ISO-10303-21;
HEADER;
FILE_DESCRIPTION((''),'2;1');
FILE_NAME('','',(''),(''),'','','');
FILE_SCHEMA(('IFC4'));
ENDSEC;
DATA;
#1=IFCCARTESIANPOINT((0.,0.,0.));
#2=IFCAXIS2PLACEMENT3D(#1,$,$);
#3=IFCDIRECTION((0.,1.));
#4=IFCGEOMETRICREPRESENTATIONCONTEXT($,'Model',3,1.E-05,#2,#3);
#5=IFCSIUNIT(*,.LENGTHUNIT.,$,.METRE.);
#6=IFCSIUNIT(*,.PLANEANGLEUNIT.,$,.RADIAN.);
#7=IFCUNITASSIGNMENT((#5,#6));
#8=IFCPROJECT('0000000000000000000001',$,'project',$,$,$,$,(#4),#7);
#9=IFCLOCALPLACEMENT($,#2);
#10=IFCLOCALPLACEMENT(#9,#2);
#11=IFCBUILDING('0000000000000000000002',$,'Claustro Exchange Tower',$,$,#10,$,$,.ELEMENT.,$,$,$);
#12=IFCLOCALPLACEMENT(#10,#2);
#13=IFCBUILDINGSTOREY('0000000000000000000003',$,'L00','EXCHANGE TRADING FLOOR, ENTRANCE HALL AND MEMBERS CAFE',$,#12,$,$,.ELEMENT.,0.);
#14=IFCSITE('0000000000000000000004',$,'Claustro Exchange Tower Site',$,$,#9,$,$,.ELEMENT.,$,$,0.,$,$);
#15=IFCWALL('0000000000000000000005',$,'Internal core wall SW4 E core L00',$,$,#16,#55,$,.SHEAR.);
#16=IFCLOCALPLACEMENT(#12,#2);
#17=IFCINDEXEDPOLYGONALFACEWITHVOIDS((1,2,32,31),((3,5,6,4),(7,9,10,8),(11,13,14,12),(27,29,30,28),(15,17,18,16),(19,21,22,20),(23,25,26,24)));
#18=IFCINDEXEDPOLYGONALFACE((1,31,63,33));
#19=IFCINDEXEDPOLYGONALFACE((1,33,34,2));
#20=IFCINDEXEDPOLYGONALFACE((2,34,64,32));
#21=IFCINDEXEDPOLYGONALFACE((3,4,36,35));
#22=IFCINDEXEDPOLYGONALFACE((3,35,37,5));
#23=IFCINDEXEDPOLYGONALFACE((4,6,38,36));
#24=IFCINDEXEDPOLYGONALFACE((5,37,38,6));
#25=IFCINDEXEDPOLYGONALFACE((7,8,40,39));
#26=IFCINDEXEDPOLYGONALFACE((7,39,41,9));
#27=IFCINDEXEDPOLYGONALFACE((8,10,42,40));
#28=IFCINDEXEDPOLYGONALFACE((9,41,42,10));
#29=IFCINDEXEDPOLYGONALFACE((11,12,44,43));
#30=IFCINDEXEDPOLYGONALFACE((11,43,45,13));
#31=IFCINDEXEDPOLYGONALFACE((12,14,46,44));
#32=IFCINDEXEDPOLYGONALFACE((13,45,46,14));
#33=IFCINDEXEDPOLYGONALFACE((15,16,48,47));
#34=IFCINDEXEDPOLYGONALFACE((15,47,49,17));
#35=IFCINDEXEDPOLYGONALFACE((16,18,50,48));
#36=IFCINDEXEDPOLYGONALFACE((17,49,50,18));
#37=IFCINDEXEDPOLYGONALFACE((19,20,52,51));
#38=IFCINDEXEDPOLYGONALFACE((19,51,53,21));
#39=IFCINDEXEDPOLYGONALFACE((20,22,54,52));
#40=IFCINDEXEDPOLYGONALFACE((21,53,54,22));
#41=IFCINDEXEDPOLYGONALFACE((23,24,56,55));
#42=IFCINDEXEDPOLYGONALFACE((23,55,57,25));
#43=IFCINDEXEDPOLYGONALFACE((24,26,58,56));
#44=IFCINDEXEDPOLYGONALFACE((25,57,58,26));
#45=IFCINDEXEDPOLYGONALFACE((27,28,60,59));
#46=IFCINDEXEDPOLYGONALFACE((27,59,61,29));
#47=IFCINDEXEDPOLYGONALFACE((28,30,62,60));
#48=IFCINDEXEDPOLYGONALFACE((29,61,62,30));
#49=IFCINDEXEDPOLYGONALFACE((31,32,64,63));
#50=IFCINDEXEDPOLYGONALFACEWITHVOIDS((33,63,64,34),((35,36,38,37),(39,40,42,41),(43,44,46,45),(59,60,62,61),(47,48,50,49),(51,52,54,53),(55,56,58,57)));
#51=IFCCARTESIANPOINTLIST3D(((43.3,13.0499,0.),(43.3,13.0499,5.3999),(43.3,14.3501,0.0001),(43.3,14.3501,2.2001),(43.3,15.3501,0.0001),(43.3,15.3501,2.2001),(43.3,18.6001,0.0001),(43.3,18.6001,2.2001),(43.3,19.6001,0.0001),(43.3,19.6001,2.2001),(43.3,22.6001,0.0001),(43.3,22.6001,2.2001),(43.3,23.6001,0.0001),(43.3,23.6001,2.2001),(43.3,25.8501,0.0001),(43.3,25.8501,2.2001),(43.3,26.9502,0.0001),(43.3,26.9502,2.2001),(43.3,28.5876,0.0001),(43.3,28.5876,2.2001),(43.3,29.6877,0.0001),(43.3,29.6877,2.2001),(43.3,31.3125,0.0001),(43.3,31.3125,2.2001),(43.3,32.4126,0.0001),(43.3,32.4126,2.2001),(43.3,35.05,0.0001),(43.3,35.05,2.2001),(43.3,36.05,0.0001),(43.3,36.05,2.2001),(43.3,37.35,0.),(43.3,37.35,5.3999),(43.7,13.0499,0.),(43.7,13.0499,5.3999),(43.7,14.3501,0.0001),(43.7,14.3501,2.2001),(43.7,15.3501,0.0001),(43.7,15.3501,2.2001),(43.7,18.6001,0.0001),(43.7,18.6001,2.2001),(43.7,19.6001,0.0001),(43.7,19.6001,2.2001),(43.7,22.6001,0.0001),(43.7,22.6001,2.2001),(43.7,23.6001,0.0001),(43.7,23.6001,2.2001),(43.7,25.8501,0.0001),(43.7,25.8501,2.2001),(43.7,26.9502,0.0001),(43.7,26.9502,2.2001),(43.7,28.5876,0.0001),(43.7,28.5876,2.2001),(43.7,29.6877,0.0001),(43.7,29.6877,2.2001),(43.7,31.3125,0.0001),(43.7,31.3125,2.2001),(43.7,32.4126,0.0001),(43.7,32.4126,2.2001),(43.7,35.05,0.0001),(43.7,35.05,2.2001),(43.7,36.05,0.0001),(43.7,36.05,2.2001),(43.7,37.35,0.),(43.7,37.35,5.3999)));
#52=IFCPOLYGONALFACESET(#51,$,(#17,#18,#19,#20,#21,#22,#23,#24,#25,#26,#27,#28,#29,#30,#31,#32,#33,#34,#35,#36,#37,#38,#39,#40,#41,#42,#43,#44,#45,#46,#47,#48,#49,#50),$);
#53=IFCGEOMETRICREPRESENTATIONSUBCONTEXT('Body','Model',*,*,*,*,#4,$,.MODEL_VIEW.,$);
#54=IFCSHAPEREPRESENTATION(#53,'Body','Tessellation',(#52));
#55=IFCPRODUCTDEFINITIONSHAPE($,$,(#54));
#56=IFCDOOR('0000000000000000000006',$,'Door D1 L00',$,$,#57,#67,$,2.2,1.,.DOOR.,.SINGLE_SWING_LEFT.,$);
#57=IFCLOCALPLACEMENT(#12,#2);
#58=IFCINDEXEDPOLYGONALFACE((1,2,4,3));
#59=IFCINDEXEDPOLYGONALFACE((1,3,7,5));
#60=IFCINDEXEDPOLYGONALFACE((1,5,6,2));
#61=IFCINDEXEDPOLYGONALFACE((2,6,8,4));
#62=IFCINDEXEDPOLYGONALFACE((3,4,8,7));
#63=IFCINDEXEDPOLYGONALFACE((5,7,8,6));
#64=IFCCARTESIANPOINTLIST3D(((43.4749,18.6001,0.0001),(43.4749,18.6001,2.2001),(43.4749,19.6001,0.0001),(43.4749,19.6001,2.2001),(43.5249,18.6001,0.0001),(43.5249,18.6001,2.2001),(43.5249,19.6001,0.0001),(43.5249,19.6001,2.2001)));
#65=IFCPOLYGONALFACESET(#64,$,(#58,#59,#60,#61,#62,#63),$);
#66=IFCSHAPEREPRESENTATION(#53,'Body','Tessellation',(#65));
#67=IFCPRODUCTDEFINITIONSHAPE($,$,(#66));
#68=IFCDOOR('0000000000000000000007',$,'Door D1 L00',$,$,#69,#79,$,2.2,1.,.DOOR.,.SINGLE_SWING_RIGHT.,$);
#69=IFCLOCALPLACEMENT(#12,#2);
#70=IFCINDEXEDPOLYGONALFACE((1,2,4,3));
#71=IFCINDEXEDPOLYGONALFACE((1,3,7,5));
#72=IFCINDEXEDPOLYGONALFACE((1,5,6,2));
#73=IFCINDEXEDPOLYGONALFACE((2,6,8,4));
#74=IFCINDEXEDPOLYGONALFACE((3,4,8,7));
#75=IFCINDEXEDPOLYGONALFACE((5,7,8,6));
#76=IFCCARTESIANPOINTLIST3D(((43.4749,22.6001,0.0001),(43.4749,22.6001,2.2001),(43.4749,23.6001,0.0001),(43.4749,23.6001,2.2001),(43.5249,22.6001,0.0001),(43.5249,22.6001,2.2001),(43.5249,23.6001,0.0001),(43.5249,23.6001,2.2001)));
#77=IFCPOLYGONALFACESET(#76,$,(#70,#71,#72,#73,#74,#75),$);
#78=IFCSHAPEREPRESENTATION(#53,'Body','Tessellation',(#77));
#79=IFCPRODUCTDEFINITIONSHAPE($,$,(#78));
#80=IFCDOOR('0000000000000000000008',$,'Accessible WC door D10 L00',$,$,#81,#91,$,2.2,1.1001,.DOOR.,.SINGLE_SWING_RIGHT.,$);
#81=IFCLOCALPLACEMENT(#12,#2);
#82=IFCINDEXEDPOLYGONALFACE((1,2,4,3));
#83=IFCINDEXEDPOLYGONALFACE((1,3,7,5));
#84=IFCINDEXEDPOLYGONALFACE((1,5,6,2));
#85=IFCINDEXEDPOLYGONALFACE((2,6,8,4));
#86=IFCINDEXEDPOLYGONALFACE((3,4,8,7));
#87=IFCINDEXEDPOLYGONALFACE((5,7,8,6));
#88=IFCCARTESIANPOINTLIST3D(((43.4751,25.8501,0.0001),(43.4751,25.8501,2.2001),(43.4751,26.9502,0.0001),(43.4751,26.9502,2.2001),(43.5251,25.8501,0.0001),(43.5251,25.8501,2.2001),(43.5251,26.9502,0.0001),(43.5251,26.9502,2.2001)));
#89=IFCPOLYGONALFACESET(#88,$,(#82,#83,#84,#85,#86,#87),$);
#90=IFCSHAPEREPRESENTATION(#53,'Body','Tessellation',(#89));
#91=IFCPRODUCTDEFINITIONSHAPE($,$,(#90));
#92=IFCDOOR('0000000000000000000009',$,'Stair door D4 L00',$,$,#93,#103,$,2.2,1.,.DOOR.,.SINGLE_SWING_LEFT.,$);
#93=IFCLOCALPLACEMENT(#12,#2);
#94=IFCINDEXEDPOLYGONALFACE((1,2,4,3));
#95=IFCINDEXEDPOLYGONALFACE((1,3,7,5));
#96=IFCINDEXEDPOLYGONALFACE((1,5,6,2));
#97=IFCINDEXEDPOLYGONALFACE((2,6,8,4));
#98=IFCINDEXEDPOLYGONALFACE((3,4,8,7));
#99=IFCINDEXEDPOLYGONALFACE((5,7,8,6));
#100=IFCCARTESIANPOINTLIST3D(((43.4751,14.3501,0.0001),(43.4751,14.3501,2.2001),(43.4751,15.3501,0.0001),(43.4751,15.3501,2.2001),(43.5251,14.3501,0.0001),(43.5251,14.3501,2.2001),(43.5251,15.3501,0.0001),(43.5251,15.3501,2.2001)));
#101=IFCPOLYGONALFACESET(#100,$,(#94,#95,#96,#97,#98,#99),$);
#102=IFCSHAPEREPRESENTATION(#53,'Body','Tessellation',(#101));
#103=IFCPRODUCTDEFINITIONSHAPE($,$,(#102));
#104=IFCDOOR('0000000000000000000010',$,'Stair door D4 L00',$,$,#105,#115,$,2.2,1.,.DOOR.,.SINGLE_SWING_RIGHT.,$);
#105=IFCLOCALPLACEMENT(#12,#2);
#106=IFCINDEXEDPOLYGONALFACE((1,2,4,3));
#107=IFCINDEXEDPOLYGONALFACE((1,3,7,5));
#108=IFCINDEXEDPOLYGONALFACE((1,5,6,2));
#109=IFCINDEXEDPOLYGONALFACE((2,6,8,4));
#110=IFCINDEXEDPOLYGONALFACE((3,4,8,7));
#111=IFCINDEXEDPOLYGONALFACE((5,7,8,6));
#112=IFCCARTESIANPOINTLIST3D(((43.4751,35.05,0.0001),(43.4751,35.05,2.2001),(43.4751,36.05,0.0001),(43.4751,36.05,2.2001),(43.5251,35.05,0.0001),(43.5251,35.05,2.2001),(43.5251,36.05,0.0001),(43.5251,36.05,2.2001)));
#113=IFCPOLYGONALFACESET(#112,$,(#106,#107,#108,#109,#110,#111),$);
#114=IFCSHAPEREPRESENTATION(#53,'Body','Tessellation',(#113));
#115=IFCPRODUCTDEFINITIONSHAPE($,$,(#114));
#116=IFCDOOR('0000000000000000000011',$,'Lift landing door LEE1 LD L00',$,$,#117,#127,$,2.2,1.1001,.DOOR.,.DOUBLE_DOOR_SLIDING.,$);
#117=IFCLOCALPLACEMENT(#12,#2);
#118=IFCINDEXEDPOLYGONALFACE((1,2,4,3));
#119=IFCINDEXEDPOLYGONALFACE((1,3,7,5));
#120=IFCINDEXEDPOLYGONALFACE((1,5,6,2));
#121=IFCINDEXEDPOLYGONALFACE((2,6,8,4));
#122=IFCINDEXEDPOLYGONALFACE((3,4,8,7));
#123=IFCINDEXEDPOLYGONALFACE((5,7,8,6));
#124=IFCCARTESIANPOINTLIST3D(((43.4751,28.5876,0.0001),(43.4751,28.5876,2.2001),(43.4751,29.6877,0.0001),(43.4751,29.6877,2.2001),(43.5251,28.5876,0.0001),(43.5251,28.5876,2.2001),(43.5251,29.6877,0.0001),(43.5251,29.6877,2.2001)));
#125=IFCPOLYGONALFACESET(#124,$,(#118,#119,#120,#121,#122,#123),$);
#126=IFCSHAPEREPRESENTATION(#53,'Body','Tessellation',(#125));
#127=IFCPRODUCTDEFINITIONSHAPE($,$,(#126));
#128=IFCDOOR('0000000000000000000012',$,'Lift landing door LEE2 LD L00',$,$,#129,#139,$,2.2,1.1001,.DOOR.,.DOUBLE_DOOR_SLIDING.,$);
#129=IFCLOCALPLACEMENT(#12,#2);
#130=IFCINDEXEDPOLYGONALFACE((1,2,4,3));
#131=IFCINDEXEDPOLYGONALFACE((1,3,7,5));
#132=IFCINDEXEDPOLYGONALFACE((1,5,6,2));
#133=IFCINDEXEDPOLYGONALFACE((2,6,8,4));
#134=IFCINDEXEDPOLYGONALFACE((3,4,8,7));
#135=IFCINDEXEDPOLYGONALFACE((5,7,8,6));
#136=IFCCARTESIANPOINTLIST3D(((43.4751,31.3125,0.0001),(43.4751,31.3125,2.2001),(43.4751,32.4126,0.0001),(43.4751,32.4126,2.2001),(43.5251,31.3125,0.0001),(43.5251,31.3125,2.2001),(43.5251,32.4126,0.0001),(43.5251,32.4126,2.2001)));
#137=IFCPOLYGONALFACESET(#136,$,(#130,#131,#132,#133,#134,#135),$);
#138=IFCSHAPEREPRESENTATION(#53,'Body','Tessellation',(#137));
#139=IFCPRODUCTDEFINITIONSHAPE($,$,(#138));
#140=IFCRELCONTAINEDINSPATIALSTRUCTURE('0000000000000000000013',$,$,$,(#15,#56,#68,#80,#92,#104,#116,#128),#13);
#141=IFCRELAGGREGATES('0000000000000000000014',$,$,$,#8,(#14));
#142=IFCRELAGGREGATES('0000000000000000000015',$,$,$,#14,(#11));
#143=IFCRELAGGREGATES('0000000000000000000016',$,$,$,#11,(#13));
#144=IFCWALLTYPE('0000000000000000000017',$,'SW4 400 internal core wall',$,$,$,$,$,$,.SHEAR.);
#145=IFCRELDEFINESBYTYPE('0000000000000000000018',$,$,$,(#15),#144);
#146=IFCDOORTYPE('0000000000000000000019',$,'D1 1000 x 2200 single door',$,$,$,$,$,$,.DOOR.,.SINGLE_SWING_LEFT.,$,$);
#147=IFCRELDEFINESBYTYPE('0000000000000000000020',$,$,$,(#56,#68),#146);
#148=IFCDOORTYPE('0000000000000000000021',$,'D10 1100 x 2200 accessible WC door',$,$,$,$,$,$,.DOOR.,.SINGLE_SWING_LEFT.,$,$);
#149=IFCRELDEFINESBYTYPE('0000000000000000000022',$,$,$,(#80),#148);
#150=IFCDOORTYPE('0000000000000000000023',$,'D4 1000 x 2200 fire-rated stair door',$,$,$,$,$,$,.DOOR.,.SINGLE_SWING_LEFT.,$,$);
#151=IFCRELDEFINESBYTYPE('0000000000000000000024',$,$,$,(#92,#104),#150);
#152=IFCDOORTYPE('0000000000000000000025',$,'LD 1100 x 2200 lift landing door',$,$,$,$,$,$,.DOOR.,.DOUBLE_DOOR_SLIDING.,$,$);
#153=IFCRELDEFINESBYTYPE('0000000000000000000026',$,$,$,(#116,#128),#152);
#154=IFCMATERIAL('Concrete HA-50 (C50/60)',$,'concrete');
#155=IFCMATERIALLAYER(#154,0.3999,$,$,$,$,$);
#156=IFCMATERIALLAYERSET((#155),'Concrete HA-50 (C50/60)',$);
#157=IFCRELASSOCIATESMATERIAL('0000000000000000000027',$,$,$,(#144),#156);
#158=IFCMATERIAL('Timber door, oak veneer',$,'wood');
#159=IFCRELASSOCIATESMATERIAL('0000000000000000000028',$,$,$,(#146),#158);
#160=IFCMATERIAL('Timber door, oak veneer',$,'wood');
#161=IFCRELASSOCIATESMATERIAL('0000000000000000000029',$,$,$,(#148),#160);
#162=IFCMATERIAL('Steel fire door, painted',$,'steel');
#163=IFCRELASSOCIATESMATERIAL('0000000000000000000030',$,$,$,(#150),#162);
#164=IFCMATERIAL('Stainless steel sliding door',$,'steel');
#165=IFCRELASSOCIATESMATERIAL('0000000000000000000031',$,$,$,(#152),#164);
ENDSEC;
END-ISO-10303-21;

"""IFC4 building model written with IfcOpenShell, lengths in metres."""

from ifc_helpers import new_model, si_unit, direction, frame, frame_2d, origin, place, context, subcontext, project, spatial, rectangle, extrude, material, layer, layer_set, type_object, element, fill, save


model = new_model("IFC4")

# Units and contexts
model_context = context("Model", 3, precision=1e-05, world=origin(), true_north=direction((0.0, 1.0)))
body_context = subcontext(model_context, "Body", "Model", "MODEL_VIEW")
ifc_project = project(units=[si_unit("LENGTHUNIT", "METRE"), si_unit("PLANEANGLEUNIT", "RADIAN")], contexts=[model_context])

# Site, building, storey
site_placement = place(None, origin())
site = spatial("IfcSite", under=ifc_project, at=site_placement, Name="Claustro Exchange Tower Site", CompositionType="ELEMENT", RefElevation=0.0)
building_placement = place(site_placement, origin())
building = spatial("IfcBuilding", under=site, at=building_placement, Name="Claustro Exchange Tower", CompositionType="ELEMENT")
storey_placement = place(building_placement, origin())
storey = spatial("IfcBuildingStorey", under=building, at=storey_placement, Name="L00", Description="EXCHANGE TRADING FLOOR, ENTRANCE HALL AND MEMBERS CAFE", CompositionType="ELEMENT", Elevation=0.0)

# Wall, openings, doors
ifc_material_1 = material(Name="Concrete HA-50 (C50/60)", Category="concrete")
ifc_layer_1 = layer(ifc_material_1, 0.3999)
ifc_layer_set_1 = layer_set([ifc_layer_1], Name="Concrete HA-50 (C50/60)")
wall_type_1 = type_object("IfcWallType", Name="SW4 400 internal core wall", PredefinedType="SHEAR", material=ifc_layer_set_1)
wall_1_placement = place(storey_placement, frame((43.5, 13.05, 0.0), z_axis=(0.0, 0.0, 1.0), x_axis=(0.0, 1.0, 0.0)))
wall_1 = element("IfcWall", 1, at=wall_1_placement, inside=storey, type_object=wall_type_1, Name="Internal core wall SW4 E core L00", PredefinedType="SHEAR", context=body_context, shape_type="SweptSolid", body=[
    extrude(rectangle(XDim=24.3, YDim=0.3999, at=frame_2d((12.1499, 0.0))), origin(), (0.0, 0.0, 1.0), 5.3999),
])
opening_1_placement = place(wall_1_placement, frame((1.3, 0.0, 0.0)))
opening_1 = element("IfcOpeningElement", 2, at=opening_1_placement, cuts=wall_1, PredefinedType="OPENING", context=body_context, shape_type="SweptSolid", body=[
    extrude(rectangle(XDim=1.0, YDim=2.2, at=frame_2d((0.5, 1.1001))), frame((0.0, 0.21, 0.0), z_axis=(0.0, -1.0, 0.0), x_axis=(1.0, 0.0, 0.0)), (0.0, 0.0, 1.0), 0.4199),
])
opening_2_placement = place(wall_1_placement, frame((22.0, 0.0, 0.0)))
opening_2 = element("IfcOpeningElement", 3, at=opening_2_placement, cuts=wall_1, PredefinedType="OPENING", context=body_context, shape_type="SweptSolid", body=[
    extrude(rectangle(XDim=1.0, YDim=2.2, at=frame_2d((0.5, 1.1001))), frame((0.0, 0.21, 0.0), z_axis=(0.0, -1.0, 0.0), x_axis=(1.0, 0.0, 0.0)), (0.0, 0.0, 1.0), 0.4199),
])
opening_3_placement = place(wall_1_placement, frame((5.55, 0.0, 0.0)))
opening_3 = element("IfcOpeningElement", 4, at=opening_3_placement, cuts=wall_1, PredefinedType="OPENING", context=body_context, shape_type="SweptSolid", body=[
    extrude(rectangle(XDim=1.0, YDim=2.2, at=frame_2d((0.5, 1.1001))), frame((0.0, 0.21, 0.0), z_axis=(0.0, -1.0, 0.0), x_axis=(1.0, 0.0, 0.0)), (0.0, 0.0, 1.0), 0.4199),
])
opening_4_placement = place(wall_1_placement, frame((9.55, 0.0, 0.0)))
opening_4 = element("IfcOpeningElement", 5, at=opening_4_placement, cuts=wall_1, PredefinedType="OPENING", context=body_context, shape_type="SweptSolid", body=[
    extrude(rectangle(XDim=1.0, YDim=2.2, at=frame_2d((0.5, 1.1001))), frame((0.0, 0.21, 0.0), z_axis=(0.0, -1.0, 0.0), x_axis=(1.0, 0.0, 0.0)), (0.0, 0.0, 1.0), 0.4199),
])
opening_5_placement = place(wall_1_placement, frame((12.8, 0.0, 0.0)))
opening_5 = element("IfcOpeningElement", 6, at=opening_5_placement, cuts=wall_1, PredefinedType="OPENING", context=body_context, shape_type="SweptSolid", body=[
    extrude(rectangle(XDim=1.1001, YDim=2.2, at=frame_2d((0.55, 1.1001))), frame((0.0, 0.21, 0.0), z_axis=(0.0, -1.0, 0.0), x_axis=(1.0, 0.0, 0.0)), (0.0, 0.0, 1.0), 0.4199),
])
opening_6_placement = place(wall_1_placement, frame((15.5376, 0.0, 0.0)))
opening_6 = element("IfcOpeningElement", 7, at=opening_6_placement, cuts=wall_1, PredefinedType="OPENING", context=body_context, shape_type="SweptSolid", body=[
    extrude(rectangle(XDim=1.1001, YDim=2.2, at=frame_2d((0.55, 1.1001))), frame((0.0, 0.21, 0.0), z_axis=(0.0, -1.0, 0.0), x_axis=(1.0, 0.0, 0.0)), (0.0, 0.0, 1.0), 0.4199),
])
opening_7_placement = place(wall_1_placement, frame((18.2625, 0.0, 0.0)))
opening_7 = element("IfcOpeningElement", 8, at=opening_7_placement, cuts=wall_1, PredefinedType="OPENING", context=body_context, shape_type="SweptSolid", body=[
    extrude(rectangle(XDim=1.1001, YDim=2.2, at=frame_2d((0.55, 1.1001))), frame((0.0, 0.21, 0.0), z_axis=(0.0, -1.0, 0.0), x_axis=(1.0, 0.0, 0.0)), (0.0, 0.0, 1.0), 0.4199),
])
ifc_material_2 = material(Name="Timber door, oak veneer", Category="wood")
door_type_1 = type_object("IfcDoorType", Name="D1 1000 x 2200 single door", OperationType="SINGLE_SWING_LEFT", PredefinedType="DOOR", material=ifc_material_2)
door_1_placement = place(opening_3_placement, frame((1.0, 0.0, 0.0), z_axis=(0.0, 0.0, 1.0), x_axis=(-1.0, 0.0, 0.0)))
door_1 = element("IfcDoor", 9, at=door_1_placement, inside=storey, type_object=door_type_1, Name="Door D1 L00", OperationType="SINGLE_SWING_LEFT", OverallHeight=2.2, OverallWidth=1.0, PredefinedType="DOOR", context=body_context, shape_type="SweptSolid", body=[
    extrude(rectangle(XDim=1.0, YDim=2.2, at=frame_2d((0.5, 1.1001))), frame((0.0, 0.0249, 0.0), z_axis=(0.0, -1.0, 0.0), x_axis=(1.0, 0.0, 0.0)), (0.0, 0.0, 1.0), 0.05),
])
fill(opening_3, door_1)
door_2_placement = place(opening_4_placement, frame((1.0, 0.0, 0.0), z_axis=(0.0, 0.0, 1.0), x_axis=(-1.0, 0.0, 0.0)))
door_2 = element("IfcDoor", 10, at=door_2_placement, inside=storey, type_object=door_type_1, Name="Door D1 L00", OperationType="SINGLE_SWING_RIGHT", OverallHeight=2.2, OverallWidth=1.0, PredefinedType="DOOR", context=body_context, shape_type="SweptSolid", body=[
    extrude(rectangle(XDim=1.0, YDim=2.2, at=frame_2d((0.5, 1.1001))), frame((0.0, 0.0249, 0.0), z_axis=(0.0, -1.0, 0.0), x_axis=(1.0, 0.0, 0.0)), (0.0, 0.0, 1.0), 0.05),
])
fill(opening_4, door_2)
ifc_material_3 = material(Name="Timber door, oak veneer", Category="wood")
door_type_2 = type_object("IfcDoorType", Name="D10 1100 x 2200 accessible WC door", OperationType="SINGLE_SWING_LEFT", PredefinedType="DOOR", material=ifc_material_3)
door_3_placement = place(opening_5_placement, origin())
door_3 = element("IfcDoor", 11, at=door_3_placement, inside=storey, type_object=door_type_2, Name="Accessible WC door D10 L00", OperationType="SINGLE_SWING_RIGHT", OverallHeight=2.2, OverallWidth=1.1001, PredefinedType="DOOR", context=body_context, shape_type="SweptSolid", body=[
    extrude(rectangle(XDim=1.1001, YDim=2.2, at=frame_2d((0.55, 1.1001))), frame((0.0, 0.0249, 0.0), z_axis=(0.0, -1.0, 0.0), x_axis=(1.0, 0.0, 0.0)), (0.0, 0.0, 1.0), 0.05),
])
fill(opening_5, door_3)
ifc_material_4 = material(Name="Steel fire door, painted", Category="steel")
door_type_3 = type_object("IfcDoorType", Name="D4 1000 x 2200 fire-rated stair door", OperationType="SINGLE_SWING_LEFT", PredefinedType="DOOR", material=ifc_material_4)
door_4_placement = place(opening_1_placement, origin())
door_4 = element("IfcDoor", 12, at=door_4_placement, inside=storey, type_object=door_type_3, Name="Stair door D4 L00", OperationType="SINGLE_SWING_LEFT", OverallHeight=2.2, OverallWidth=1.0, PredefinedType="DOOR", context=body_context, shape_type="SweptSolid", body=[
    extrude(rectangle(XDim=1.0, YDim=2.2, at=frame_2d((0.5, 1.1001))), frame((0.0, 0.0249, 0.0), z_axis=(0.0, -1.0, 0.0), x_axis=(1.0, 0.0, 0.0)), (0.0, 0.0, 1.0), 0.05),
])
fill(opening_1, door_4)
door_5_placement = place(opening_2_placement, origin())
door_5 = element("IfcDoor", 13, at=door_5_placement, inside=storey, type_object=door_type_3, Name="Stair door D4 L00", OperationType="SINGLE_SWING_RIGHT", OverallHeight=2.2, OverallWidth=1.0, PredefinedType="DOOR", context=body_context, shape_type="SweptSolid", body=[
    extrude(rectangle(XDim=1.0, YDim=2.2, at=frame_2d((0.5, 1.1001))), frame((0.0, 0.0249, 0.0), z_axis=(0.0, -1.0, 0.0), x_axis=(1.0, 0.0, 0.0)), (0.0, 0.0, 1.0), 0.05),
])
fill(opening_2, door_5)
ifc_material_5 = material(Name="Stainless steel sliding door", Category="steel")
door_type_4 = type_object("IfcDoorType", Name="LD 1100 x 2200 lift landing door", OperationType="DOUBLE_DOOR_SLIDING", PredefinedType="DOOR", material=ifc_material_5)
door_6_placement = place(opening_6_placement, origin())
door_6 = element("IfcDoor", 14, at=door_6_placement, inside=storey, type_object=door_type_4, Name="Lift landing door LEE1 LD L00", OperationType="DOUBLE_DOOR_SLIDING", OverallHeight=2.2, OverallWidth=1.1001, PredefinedType="DOOR", context=body_context, shape_type="SweptSolid", body=[
    extrude(rectangle(XDim=1.1001, YDim=2.2, at=frame_2d((0.55, 1.1001))), frame((0.0, 0.0249, 0.0), z_axis=(0.0, -1.0, 0.0), x_axis=(1.0, 0.0, 0.0)), (0.0, 0.0, 1.0), 0.05),
])
fill(opening_6, door_6)
door_7_placement = place(opening_7_placement, origin())
door_7 = element("IfcDoor", 15, at=door_7_placement, inside=storey, type_object=door_type_4, Name="Lift landing door LEE2 LD L00", OperationType="DOUBLE_DOOR_SLIDING", OverallHeight=2.2, OverallWidth=1.1001, PredefinedType="DOOR", context=body_context, shape_type="SweptSolid", body=[
    extrude(rectangle(XDim=1.1001, YDim=2.2, at=frame_2d((0.55, 1.1001))), frame((0.0, 0.0249, 0.0), z_axis=(0.0, -1.0, 0.0), x_axis=(1.0, 0.0, 0.0)), (0.0, 0.0, 1.0), 0.05),
])
fill(opening_7, door_7)

save(model, "model.ifc")
